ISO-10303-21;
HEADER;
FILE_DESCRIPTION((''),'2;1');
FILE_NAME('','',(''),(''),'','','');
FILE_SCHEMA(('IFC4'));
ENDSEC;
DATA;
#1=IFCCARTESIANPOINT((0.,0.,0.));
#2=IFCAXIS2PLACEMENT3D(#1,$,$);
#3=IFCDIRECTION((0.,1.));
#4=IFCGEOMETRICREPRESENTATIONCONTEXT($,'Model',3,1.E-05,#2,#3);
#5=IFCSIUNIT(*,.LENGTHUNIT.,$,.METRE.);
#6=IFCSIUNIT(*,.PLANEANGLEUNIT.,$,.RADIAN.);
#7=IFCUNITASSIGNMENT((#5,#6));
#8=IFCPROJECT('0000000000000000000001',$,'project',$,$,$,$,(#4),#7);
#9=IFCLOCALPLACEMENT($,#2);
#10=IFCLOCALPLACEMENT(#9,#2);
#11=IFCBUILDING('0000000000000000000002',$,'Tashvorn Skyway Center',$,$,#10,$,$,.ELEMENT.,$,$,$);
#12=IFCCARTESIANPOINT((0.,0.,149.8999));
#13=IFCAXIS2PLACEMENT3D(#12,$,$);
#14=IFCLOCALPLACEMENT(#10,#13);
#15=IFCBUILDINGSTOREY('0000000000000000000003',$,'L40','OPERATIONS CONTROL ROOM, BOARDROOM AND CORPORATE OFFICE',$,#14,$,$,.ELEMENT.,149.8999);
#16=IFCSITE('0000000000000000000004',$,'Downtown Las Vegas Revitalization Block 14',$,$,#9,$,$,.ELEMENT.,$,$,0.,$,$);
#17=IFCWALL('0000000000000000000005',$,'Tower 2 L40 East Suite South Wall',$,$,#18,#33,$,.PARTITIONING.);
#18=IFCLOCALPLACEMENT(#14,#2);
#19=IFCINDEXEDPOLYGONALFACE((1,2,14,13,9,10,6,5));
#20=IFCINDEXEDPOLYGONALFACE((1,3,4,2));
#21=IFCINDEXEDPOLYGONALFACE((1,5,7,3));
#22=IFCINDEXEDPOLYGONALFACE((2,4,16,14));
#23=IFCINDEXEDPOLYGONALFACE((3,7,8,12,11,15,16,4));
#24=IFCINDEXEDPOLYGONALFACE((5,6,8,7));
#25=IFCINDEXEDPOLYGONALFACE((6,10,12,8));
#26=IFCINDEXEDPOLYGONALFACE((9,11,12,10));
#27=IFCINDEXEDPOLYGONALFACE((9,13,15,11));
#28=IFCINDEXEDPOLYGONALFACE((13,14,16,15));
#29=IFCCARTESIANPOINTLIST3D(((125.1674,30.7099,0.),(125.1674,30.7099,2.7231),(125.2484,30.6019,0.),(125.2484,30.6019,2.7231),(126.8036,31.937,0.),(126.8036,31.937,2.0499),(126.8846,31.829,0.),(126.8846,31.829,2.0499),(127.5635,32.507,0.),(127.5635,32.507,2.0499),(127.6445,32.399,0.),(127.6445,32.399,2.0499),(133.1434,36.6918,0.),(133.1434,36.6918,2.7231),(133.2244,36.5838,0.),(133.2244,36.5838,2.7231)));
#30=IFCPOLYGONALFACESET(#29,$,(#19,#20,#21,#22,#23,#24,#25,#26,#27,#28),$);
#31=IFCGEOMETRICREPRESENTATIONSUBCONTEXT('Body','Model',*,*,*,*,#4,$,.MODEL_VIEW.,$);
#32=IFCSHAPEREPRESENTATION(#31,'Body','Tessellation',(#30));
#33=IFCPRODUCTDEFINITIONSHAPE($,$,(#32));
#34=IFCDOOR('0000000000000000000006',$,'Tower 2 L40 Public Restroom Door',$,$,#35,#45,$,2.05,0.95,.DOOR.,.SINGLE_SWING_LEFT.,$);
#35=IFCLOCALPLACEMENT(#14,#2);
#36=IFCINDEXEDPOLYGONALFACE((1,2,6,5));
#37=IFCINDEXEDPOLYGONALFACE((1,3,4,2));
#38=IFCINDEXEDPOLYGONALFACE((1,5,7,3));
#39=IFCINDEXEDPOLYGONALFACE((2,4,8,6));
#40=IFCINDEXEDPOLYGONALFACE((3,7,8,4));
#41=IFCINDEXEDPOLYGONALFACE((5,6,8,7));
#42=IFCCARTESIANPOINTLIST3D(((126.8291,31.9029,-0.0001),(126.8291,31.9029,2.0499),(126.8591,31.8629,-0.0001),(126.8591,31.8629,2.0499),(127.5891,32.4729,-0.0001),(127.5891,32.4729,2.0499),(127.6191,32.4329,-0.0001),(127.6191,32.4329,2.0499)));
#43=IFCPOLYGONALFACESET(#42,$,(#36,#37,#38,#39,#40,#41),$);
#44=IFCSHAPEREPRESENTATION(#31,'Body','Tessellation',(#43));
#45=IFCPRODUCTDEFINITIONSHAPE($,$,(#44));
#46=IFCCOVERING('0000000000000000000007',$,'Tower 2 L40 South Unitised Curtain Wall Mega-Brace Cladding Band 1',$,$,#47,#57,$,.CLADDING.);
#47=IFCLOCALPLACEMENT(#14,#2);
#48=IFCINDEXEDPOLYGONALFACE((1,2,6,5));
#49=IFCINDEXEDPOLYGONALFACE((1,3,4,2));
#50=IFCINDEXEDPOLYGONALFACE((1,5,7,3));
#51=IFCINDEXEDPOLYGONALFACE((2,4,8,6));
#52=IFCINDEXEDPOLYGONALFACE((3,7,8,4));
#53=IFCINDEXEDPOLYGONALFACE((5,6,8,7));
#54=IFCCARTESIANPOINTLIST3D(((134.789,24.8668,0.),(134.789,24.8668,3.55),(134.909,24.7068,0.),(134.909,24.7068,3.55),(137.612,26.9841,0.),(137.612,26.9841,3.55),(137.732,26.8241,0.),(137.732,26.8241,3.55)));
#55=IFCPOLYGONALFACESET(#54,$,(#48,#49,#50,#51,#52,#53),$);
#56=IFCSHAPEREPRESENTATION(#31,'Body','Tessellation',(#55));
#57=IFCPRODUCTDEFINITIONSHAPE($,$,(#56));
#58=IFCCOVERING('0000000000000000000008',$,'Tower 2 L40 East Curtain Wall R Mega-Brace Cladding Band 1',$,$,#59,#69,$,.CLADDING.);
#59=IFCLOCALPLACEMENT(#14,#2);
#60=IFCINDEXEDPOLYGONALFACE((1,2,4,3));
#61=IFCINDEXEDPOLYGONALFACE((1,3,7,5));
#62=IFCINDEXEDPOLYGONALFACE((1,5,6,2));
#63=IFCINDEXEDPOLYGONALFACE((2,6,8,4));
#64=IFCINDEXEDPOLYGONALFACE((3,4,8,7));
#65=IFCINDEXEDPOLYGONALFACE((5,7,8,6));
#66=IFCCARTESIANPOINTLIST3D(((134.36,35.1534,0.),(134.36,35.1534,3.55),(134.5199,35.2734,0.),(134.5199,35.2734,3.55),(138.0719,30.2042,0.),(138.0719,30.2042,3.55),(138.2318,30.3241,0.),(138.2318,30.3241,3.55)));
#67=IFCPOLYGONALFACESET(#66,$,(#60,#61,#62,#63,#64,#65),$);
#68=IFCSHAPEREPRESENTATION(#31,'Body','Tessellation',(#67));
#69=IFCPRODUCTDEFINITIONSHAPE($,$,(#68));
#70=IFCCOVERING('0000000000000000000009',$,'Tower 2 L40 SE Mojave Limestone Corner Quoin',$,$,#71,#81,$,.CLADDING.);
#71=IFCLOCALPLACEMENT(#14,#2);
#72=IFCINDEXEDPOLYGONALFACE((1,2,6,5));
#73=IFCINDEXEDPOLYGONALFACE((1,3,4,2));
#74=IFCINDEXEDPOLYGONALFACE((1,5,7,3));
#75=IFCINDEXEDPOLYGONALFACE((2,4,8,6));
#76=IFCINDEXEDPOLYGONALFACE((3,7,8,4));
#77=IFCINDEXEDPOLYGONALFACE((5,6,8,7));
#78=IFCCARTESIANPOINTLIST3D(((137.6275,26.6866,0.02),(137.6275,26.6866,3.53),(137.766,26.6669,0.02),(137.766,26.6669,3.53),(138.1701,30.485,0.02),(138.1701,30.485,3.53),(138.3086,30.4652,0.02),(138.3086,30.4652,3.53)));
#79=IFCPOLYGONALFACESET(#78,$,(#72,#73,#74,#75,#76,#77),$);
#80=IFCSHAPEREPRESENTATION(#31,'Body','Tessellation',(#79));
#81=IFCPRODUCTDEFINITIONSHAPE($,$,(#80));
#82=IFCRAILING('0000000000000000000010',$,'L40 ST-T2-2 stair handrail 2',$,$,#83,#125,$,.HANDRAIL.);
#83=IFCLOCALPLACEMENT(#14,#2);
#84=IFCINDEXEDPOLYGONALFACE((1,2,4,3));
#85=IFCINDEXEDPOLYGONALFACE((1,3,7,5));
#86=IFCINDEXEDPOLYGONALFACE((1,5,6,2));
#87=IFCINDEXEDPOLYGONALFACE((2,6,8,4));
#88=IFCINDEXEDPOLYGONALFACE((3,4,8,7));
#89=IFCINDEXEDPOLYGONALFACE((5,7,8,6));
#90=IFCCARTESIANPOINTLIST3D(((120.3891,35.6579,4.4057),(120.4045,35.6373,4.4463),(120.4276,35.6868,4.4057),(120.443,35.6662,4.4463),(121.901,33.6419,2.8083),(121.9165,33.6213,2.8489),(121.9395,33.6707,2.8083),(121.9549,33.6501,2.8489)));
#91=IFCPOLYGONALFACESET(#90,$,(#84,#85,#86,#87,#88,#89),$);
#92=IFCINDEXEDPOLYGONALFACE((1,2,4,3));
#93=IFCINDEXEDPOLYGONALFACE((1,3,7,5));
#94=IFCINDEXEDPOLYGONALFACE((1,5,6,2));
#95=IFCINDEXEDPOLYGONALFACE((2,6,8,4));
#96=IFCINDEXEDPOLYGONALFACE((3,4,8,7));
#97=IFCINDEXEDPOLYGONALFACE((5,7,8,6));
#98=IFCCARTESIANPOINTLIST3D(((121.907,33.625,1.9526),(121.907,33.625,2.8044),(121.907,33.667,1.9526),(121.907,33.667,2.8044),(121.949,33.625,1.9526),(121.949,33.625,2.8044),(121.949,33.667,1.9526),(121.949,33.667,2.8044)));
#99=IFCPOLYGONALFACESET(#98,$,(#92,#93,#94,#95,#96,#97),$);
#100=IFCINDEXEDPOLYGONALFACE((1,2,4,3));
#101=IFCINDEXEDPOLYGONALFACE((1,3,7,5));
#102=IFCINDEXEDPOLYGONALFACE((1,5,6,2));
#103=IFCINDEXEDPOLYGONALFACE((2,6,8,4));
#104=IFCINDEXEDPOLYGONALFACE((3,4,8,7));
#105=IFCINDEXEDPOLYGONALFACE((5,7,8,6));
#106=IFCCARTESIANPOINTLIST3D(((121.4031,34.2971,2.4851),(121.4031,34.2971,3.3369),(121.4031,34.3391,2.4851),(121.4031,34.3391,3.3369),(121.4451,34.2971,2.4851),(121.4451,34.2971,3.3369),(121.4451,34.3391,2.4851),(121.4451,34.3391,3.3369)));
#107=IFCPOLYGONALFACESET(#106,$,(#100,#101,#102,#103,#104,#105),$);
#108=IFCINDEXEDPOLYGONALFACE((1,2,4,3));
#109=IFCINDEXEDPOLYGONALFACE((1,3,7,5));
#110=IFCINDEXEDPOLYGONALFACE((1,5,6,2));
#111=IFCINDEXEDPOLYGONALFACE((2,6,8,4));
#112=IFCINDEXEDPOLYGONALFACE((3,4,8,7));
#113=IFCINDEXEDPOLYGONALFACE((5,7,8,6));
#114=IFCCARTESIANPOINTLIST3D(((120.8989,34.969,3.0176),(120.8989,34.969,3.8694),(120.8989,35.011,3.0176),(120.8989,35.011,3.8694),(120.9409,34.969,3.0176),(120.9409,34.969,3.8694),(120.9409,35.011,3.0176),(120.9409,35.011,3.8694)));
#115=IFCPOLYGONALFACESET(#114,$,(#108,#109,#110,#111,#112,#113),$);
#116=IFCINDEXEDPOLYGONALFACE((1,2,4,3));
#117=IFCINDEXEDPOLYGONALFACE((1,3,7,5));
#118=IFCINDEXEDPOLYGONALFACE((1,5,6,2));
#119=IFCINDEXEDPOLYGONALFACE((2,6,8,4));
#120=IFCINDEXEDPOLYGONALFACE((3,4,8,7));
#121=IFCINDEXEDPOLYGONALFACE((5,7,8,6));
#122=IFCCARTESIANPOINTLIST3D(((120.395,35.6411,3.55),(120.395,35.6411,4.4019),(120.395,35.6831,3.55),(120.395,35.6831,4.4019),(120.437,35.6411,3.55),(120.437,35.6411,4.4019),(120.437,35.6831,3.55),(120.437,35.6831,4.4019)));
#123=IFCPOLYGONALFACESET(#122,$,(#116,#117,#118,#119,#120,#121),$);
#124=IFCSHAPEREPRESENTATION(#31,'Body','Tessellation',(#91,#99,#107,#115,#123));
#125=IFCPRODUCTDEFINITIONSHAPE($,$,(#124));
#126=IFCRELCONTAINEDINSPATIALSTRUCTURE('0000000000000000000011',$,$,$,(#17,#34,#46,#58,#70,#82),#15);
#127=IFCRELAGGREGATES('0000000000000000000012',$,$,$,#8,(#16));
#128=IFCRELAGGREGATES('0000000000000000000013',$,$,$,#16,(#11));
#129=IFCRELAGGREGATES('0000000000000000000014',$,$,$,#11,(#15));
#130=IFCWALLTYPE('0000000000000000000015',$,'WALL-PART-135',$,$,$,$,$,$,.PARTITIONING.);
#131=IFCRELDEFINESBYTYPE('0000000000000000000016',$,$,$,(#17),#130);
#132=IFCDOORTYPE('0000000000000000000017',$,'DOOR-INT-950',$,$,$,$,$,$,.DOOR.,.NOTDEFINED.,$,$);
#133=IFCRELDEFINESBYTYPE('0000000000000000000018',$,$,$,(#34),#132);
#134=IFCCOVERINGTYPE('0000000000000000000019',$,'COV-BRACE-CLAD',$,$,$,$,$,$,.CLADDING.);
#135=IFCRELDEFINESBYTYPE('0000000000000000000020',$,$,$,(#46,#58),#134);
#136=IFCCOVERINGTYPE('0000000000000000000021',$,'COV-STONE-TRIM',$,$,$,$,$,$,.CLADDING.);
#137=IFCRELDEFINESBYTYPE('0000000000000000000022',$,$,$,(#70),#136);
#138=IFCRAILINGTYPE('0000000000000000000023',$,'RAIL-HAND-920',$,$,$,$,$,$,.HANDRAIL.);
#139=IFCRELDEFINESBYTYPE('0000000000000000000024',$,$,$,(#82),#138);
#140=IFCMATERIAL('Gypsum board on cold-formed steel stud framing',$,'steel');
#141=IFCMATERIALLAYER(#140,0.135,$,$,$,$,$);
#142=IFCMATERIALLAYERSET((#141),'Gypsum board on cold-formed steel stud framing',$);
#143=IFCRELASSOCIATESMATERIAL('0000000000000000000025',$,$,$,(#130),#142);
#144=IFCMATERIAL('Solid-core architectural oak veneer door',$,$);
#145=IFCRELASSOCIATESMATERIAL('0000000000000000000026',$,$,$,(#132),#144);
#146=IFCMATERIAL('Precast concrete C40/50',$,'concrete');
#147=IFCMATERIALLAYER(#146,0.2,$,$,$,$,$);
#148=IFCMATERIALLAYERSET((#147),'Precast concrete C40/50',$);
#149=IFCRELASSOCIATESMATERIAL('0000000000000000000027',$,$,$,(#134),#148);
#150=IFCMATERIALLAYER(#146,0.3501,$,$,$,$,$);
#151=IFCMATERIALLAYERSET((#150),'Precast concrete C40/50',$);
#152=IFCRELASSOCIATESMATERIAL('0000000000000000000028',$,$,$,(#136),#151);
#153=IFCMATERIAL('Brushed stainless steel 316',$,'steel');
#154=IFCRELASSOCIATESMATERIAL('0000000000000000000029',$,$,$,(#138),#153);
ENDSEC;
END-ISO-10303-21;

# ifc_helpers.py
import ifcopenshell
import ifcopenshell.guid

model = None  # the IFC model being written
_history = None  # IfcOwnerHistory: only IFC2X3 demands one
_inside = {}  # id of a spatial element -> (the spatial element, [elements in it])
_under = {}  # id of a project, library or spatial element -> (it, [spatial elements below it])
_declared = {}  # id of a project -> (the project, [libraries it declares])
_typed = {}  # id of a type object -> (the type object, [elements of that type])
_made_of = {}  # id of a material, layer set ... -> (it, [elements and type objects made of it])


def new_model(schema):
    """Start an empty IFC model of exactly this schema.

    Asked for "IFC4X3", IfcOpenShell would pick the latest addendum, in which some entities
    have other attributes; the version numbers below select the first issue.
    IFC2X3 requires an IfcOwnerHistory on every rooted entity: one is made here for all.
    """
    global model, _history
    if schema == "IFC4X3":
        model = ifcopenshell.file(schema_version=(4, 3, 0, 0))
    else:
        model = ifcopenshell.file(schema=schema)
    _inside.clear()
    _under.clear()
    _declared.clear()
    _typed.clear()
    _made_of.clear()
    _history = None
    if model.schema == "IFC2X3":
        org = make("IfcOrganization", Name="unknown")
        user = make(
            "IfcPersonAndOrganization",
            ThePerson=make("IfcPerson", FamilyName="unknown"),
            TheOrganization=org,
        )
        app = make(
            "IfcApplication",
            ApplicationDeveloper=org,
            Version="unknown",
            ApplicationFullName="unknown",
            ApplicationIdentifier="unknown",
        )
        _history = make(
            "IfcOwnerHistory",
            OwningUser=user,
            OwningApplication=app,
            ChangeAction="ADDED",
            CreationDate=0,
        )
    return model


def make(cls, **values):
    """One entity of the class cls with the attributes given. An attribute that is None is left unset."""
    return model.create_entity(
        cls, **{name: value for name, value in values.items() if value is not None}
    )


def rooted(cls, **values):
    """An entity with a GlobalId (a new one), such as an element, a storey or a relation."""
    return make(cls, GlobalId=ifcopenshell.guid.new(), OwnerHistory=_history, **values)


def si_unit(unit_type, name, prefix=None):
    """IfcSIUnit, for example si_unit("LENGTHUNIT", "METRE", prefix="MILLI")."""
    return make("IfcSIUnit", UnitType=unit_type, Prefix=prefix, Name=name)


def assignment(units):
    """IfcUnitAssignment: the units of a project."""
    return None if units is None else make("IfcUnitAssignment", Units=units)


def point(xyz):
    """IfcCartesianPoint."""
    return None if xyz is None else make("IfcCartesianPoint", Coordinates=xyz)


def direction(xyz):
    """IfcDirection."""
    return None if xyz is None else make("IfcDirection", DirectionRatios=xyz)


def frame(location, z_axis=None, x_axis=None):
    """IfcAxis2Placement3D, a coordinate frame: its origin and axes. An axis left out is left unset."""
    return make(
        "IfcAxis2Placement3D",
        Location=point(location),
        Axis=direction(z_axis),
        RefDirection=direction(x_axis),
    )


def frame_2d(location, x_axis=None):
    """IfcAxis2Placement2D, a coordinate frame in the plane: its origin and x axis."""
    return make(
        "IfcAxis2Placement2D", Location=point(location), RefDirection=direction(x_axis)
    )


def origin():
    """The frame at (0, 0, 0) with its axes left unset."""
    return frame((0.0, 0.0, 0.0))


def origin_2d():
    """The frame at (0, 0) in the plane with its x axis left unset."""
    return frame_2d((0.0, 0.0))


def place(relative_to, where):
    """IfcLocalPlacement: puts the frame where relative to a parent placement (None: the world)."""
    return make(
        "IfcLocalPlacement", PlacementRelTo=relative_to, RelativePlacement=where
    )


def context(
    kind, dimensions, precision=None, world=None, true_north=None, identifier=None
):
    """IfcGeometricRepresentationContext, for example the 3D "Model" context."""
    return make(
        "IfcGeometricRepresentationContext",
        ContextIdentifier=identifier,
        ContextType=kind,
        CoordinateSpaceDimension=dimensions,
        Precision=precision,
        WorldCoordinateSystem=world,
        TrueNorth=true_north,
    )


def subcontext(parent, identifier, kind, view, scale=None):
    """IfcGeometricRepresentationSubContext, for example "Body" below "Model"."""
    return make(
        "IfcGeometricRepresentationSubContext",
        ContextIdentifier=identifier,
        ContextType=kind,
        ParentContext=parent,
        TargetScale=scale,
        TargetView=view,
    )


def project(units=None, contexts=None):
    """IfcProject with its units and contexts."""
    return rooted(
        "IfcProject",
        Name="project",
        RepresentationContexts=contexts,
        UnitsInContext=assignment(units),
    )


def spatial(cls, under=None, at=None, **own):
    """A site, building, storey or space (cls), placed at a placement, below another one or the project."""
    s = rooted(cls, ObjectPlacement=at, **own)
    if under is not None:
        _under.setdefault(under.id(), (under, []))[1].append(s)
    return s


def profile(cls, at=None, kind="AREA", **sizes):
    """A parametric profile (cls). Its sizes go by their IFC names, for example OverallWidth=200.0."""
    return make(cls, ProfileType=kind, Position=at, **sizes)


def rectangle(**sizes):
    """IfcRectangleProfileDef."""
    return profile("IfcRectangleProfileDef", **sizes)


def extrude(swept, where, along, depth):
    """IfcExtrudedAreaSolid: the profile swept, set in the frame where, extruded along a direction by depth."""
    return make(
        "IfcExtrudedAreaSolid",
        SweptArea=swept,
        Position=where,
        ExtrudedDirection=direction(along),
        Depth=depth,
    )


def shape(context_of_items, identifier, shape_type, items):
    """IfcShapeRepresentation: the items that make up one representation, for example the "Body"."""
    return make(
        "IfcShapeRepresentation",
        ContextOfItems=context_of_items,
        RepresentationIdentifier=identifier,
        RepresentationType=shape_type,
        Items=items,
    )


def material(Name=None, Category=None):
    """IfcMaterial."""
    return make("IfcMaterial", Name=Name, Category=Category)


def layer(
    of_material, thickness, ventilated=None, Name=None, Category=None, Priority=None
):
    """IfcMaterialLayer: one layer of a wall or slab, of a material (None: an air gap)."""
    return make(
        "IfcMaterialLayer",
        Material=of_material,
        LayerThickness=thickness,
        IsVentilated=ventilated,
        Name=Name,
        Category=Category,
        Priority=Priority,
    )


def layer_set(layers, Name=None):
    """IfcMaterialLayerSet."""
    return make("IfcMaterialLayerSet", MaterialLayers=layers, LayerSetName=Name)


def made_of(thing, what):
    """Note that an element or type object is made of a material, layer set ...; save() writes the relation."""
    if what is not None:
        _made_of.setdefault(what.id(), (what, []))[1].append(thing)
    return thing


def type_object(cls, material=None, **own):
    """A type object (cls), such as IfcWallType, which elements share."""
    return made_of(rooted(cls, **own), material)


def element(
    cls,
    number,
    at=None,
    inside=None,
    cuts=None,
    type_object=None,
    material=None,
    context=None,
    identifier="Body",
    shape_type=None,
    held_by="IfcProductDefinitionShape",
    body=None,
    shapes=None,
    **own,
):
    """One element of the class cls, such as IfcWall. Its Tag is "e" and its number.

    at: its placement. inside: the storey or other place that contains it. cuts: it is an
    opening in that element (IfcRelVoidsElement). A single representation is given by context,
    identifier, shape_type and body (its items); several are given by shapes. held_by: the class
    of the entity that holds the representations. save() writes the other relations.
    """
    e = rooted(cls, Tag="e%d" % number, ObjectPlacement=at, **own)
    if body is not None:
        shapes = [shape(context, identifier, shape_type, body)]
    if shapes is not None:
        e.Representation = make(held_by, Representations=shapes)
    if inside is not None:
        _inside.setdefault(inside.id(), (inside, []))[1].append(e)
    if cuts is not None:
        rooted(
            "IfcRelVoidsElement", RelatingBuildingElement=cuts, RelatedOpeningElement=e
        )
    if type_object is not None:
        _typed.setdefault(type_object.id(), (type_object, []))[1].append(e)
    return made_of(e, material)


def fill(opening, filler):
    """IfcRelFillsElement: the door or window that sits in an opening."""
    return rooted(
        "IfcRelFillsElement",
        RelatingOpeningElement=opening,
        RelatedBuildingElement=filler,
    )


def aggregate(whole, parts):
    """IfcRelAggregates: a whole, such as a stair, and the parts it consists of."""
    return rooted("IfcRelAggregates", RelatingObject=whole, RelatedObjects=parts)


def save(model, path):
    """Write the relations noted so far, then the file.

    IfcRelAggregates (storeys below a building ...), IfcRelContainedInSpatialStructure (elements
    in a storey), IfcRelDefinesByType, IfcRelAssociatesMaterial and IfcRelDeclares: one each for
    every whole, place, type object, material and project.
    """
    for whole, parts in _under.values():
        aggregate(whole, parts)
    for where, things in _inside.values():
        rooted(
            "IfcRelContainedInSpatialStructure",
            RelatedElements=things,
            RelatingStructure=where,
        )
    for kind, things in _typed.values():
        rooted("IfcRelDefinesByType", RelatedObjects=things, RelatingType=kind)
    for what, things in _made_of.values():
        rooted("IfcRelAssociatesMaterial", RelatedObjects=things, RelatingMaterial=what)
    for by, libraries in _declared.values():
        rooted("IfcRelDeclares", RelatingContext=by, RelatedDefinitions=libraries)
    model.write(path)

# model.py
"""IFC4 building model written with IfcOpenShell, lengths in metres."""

from ifc_helpers import new_model, si_unit, direction, frame, frame_2d, origin, origin_2d, place, context, subcontext, project, spatial, rectangle, extrude, material, layer, layer_set, type_object, element, fill, save


model = new_model("IFC4")

# Units and contexts
model_context = context("Model", 3, precision=1e-05, world=origin(), true_north=direction((0.0, 1.0)))
body_context = subcontext(model_context, "Body", "Model", "MODEL_VIEW")
ifc_project = project(units=[si_unit("LENGTHUNIT", "METRE"), si_unit("PLANEANGLEUNIT", "RADIAN")], contexts=[model_context])

# Site, building, storey
site_placement = place(None, origin())
site = spatial("IfcSite", under=ifc_project, at=site_placement, Name="Downtown Las Vegas Revitalization Block 14", CompositionType="ELEMENT", RefElevation=0.0)
building_placement = place(site_placement, origin())
building = spatial("IfcBuilding", under=site, at=building_placement, Name="Tashvorn Skyway Center", CompositionType="ELEMENT")
storey_placement = place(building_placement, frame((0.0, 0.0, 149.8999)))
storey = spatial("IfcBuildingStorey", under=building, at=storey_placement, Name="L40", Description="OPERATIONS CONTROL ROOM, BOARDROOM AND CORPORATE OFFICE", CompositionType="ELEMENT", Elevation=149.8999)

# Shared definitions
ifc_material_1 = material(Name="Precast concrete C40/50", Category="concrete")

# Shared definitions
ifc_material_2 = material(Name="Gypsum board on cold-formed steel stud framing", Category="steel")
ifc_layer_1 = layer(ifc_material_2, 0.135)
ifc_layer_set_1 = layer_set([ifc_layer_1], Name="Gypsum board on cold-formed steel stud framing")
wall_type_1 = type_object("IfcWallType", Name="WALL-PART-135", PredefinedType="PARTITIONING", material=ifc_layer_set_1)
ifc_material_3 = material(Name="Solid-core architectural oak veneer door")
door_type_1 = type_object("IfcDoorType", Name="DOOR-INT-950", OperationType="NOTDEFINED", PredefinedType="DOOR", material=ifc_material_3)

# Wall, opening, door
wall_1_placement = place(storey_placement, frame((125.208, 30.656, 0.0), z_axis=(0.0, 0.0, 1.0), x_axis=(0.800006, 0.599992, 0.0)))
wall_1 = element("IfcWall", 1, at=wall_1_placement, inside=storey, type_object=wall_type_1, Name="Tower 2 L40 East Suite South Wall", PredefinedType="PARTITIONING", context=body_context, shape_type="SweptSolid", body=[
    extrude(rectangle(XDim=9.97, YDim=0.135, at=frame_2d((4.9849, 0.0))), origin(), (0.0, 0.0, 1.0), 2.7231),
])
opening_1_placement = place(wall_1_placement, frame((2.0449, 0.0, 0.0)))
opening_1 = element("IfcOpeningElement", 2, at=opening_1_placement, cuts=wall_1, PredefinedType="OPENING", context=body_context, shape_type="SweptSolid", body=[
    extrude(rectangle(XDim=0.95, YDim=2.05, at=frame_2d((0.4751, 1.0249))), frame((0.0, 0.0774, 0.0), z_axis=(0.0, -1.0, 0.0), x_axis=(1.0, 0.0, 0.0)), (0.0, 0.0, 1.0), 0.155),
])
door_1_placement = place(opening_1_placement, origin())
door_1 = element("IfcDoor", 3, at=door_1_placement, inside=storey, type_object=door_type_1, Name="Tower 2 L40 Public Restroom Door", OperationType="SINGLE_SWING_LEFT", OverallHeight=2.05, OverallWidth=0.95, PredefinedType="DOOR", context=body_context, shape_type="SweptSolid", body=[
    extrude(rectangle(XDim=0.95, YDim=2.05, at=frame_2d((0.4751, 1.0249))), frame((0.0, 0.0249, 0.0), z_axis=(0.0, -1.0, 0.0), x_axis=(1.0, 0.0, 0.0)), (0.0, 0.0, 1.0), 0.05),
])
fill(opening_1, door_1)

# Coverings
ifc_layer_2 = layer(ifc_material_1, 0.2)
ifc_layer_set_2 = layer_set([ifc_layer_2], Name="Precast concrete C40/50")
covering_type_1 = type_object("IfcCoveringType", Name="COV-BRACE-CLAD", PredefinedType="CLADDING", material=ifc_layer_set_2)
covering_1_placement = place(storey_placement, frame((136.2605, 25.8455, 0.0), z_axis=(0.0, 0.0, 1.0), x_axis=(-0.8, -0.6, 0.0)))
element("IfcCovering", 4, at=covering_1_placement, inside=storey, type_object=covering_type_1, Name="Tower 2 L40 South Unitised Curtain Wall Mega-Brace Cladding Band 1", PredefinedType="CLADDING", context=body_context, shape_type="SweptSolid", body=[
    extrude(rectangle(XDim=3.5288, YDim=0.2, at=origin_2d()), origin(), (0.0, 0.0, 1.0), 3.55),
])
covering_2_placement = place(storey_placement, frame((136.2959, 32.7388, 0.0), z_axis=(0.0, 0.0, 1.0), x_axis=(0.6, -0.8, 0.0)))
element("IfcCovering", 5, at=covering_2_placement, inside=storey, type_object=covering_type_1, Name="Tower 2 L40 East Curtain Wall R Mega-Brace Cladding Band 1", PredefinedType="CLADDING", context=body_context, shape_type="SweptSolid", body=[
    extrude(rectangle(XDim=6.1865, YDim=0.2, at=origin_2d()), origin(), (0.0, 0.0, 1.0), 3.55),
])
ifc_layer_3 = layer(ifc_material_1, 0.3501)
ifc_layer_set_3 = layer_set([ifc_layer_3], Name="Precast concrete C40/50")
covering_type_2 = type_object("IfcCoveringType", Name="COV-STONE-TRIM", PredefinedType="CLADDING", material=ifc_layer_set_3)
covering_3_placement = place(storey_placement, frame((137.968, 28.5759, 0.02), z_axis=(0.0, 0.0, 1.0), x_axis=(0.141421, 0.989949, 0.0)))
element("IfcCovering", 6, at=covering_3_placement, inside=storey, type_object=covering_type_2, Name="Tower 2 L40 SE Mojave Limestone Corner Quoin", PredefinedType="CLADDING", context=body_context, shape_type="SweptSolid", body=[
    extrude(rectangle(XDim=3.8369, YDim=0.1399, at=origin_2d()), origin(), (0.0, 0.0, 1.0), 3.51),
])

# Railing
ifc_material_4 = material(Name="Brushed stainless steel 316", Category="steel")
railing_type = type_object("IfcRailingType", Name="RAIL-HAND-920", PredefinedType="HANDRAIL", material=ifc_material_4)
railing_placement = place(storey_placement, frame((121.928, 33.646, 1.9526)))
element("IfcRailing", 7, at=railing_placement, inside=storey, type_object=railing_type, Name="L40 ST-T2-2 stair handrail 2", PredefinedType="HANDRAIL", context=body_context, shape_type="SweptSolid", body=[
    extrude(rectangle(XDim=0.0481, YDim=0.0481, at=origin_2d()), frame((0.0, 0.0, 0.876), z_axis=(-0.506741, 0.675709, 0.535379), x_axis=(-0.800023, -0.599969, 0.0)), (0.0, 0.0, 1.0), 2.9836),
    extrude(rectangle(XDim=0.042, YDim=0.042, at=origin_2d()), origin(), (0.0, 0.0, 1.0), 0.8518),
    extrude(rectangle(XDim=0.042, YDim=0.042, at=origin_2d()), frame((-0.5039, 0.6721, 0.5325)), (0.0, 0.0, 1.0), 0.8518),
    extrude(rectangle(XDim=0.042, YDim=0.042, at=origin_2d()), frame((-1.0081, 1.344, 1.0649)), (0.0, 0.0, 1.0), 0.8518),
    extrude(rectangle(XDim=0.042, YDim=0.042, at=origin_2d()), frame((-1.512, 2.0161, 1.5974)), (0.0, 0.0, 1.0), 0.8518),
])

save(model, "model.ifc")
